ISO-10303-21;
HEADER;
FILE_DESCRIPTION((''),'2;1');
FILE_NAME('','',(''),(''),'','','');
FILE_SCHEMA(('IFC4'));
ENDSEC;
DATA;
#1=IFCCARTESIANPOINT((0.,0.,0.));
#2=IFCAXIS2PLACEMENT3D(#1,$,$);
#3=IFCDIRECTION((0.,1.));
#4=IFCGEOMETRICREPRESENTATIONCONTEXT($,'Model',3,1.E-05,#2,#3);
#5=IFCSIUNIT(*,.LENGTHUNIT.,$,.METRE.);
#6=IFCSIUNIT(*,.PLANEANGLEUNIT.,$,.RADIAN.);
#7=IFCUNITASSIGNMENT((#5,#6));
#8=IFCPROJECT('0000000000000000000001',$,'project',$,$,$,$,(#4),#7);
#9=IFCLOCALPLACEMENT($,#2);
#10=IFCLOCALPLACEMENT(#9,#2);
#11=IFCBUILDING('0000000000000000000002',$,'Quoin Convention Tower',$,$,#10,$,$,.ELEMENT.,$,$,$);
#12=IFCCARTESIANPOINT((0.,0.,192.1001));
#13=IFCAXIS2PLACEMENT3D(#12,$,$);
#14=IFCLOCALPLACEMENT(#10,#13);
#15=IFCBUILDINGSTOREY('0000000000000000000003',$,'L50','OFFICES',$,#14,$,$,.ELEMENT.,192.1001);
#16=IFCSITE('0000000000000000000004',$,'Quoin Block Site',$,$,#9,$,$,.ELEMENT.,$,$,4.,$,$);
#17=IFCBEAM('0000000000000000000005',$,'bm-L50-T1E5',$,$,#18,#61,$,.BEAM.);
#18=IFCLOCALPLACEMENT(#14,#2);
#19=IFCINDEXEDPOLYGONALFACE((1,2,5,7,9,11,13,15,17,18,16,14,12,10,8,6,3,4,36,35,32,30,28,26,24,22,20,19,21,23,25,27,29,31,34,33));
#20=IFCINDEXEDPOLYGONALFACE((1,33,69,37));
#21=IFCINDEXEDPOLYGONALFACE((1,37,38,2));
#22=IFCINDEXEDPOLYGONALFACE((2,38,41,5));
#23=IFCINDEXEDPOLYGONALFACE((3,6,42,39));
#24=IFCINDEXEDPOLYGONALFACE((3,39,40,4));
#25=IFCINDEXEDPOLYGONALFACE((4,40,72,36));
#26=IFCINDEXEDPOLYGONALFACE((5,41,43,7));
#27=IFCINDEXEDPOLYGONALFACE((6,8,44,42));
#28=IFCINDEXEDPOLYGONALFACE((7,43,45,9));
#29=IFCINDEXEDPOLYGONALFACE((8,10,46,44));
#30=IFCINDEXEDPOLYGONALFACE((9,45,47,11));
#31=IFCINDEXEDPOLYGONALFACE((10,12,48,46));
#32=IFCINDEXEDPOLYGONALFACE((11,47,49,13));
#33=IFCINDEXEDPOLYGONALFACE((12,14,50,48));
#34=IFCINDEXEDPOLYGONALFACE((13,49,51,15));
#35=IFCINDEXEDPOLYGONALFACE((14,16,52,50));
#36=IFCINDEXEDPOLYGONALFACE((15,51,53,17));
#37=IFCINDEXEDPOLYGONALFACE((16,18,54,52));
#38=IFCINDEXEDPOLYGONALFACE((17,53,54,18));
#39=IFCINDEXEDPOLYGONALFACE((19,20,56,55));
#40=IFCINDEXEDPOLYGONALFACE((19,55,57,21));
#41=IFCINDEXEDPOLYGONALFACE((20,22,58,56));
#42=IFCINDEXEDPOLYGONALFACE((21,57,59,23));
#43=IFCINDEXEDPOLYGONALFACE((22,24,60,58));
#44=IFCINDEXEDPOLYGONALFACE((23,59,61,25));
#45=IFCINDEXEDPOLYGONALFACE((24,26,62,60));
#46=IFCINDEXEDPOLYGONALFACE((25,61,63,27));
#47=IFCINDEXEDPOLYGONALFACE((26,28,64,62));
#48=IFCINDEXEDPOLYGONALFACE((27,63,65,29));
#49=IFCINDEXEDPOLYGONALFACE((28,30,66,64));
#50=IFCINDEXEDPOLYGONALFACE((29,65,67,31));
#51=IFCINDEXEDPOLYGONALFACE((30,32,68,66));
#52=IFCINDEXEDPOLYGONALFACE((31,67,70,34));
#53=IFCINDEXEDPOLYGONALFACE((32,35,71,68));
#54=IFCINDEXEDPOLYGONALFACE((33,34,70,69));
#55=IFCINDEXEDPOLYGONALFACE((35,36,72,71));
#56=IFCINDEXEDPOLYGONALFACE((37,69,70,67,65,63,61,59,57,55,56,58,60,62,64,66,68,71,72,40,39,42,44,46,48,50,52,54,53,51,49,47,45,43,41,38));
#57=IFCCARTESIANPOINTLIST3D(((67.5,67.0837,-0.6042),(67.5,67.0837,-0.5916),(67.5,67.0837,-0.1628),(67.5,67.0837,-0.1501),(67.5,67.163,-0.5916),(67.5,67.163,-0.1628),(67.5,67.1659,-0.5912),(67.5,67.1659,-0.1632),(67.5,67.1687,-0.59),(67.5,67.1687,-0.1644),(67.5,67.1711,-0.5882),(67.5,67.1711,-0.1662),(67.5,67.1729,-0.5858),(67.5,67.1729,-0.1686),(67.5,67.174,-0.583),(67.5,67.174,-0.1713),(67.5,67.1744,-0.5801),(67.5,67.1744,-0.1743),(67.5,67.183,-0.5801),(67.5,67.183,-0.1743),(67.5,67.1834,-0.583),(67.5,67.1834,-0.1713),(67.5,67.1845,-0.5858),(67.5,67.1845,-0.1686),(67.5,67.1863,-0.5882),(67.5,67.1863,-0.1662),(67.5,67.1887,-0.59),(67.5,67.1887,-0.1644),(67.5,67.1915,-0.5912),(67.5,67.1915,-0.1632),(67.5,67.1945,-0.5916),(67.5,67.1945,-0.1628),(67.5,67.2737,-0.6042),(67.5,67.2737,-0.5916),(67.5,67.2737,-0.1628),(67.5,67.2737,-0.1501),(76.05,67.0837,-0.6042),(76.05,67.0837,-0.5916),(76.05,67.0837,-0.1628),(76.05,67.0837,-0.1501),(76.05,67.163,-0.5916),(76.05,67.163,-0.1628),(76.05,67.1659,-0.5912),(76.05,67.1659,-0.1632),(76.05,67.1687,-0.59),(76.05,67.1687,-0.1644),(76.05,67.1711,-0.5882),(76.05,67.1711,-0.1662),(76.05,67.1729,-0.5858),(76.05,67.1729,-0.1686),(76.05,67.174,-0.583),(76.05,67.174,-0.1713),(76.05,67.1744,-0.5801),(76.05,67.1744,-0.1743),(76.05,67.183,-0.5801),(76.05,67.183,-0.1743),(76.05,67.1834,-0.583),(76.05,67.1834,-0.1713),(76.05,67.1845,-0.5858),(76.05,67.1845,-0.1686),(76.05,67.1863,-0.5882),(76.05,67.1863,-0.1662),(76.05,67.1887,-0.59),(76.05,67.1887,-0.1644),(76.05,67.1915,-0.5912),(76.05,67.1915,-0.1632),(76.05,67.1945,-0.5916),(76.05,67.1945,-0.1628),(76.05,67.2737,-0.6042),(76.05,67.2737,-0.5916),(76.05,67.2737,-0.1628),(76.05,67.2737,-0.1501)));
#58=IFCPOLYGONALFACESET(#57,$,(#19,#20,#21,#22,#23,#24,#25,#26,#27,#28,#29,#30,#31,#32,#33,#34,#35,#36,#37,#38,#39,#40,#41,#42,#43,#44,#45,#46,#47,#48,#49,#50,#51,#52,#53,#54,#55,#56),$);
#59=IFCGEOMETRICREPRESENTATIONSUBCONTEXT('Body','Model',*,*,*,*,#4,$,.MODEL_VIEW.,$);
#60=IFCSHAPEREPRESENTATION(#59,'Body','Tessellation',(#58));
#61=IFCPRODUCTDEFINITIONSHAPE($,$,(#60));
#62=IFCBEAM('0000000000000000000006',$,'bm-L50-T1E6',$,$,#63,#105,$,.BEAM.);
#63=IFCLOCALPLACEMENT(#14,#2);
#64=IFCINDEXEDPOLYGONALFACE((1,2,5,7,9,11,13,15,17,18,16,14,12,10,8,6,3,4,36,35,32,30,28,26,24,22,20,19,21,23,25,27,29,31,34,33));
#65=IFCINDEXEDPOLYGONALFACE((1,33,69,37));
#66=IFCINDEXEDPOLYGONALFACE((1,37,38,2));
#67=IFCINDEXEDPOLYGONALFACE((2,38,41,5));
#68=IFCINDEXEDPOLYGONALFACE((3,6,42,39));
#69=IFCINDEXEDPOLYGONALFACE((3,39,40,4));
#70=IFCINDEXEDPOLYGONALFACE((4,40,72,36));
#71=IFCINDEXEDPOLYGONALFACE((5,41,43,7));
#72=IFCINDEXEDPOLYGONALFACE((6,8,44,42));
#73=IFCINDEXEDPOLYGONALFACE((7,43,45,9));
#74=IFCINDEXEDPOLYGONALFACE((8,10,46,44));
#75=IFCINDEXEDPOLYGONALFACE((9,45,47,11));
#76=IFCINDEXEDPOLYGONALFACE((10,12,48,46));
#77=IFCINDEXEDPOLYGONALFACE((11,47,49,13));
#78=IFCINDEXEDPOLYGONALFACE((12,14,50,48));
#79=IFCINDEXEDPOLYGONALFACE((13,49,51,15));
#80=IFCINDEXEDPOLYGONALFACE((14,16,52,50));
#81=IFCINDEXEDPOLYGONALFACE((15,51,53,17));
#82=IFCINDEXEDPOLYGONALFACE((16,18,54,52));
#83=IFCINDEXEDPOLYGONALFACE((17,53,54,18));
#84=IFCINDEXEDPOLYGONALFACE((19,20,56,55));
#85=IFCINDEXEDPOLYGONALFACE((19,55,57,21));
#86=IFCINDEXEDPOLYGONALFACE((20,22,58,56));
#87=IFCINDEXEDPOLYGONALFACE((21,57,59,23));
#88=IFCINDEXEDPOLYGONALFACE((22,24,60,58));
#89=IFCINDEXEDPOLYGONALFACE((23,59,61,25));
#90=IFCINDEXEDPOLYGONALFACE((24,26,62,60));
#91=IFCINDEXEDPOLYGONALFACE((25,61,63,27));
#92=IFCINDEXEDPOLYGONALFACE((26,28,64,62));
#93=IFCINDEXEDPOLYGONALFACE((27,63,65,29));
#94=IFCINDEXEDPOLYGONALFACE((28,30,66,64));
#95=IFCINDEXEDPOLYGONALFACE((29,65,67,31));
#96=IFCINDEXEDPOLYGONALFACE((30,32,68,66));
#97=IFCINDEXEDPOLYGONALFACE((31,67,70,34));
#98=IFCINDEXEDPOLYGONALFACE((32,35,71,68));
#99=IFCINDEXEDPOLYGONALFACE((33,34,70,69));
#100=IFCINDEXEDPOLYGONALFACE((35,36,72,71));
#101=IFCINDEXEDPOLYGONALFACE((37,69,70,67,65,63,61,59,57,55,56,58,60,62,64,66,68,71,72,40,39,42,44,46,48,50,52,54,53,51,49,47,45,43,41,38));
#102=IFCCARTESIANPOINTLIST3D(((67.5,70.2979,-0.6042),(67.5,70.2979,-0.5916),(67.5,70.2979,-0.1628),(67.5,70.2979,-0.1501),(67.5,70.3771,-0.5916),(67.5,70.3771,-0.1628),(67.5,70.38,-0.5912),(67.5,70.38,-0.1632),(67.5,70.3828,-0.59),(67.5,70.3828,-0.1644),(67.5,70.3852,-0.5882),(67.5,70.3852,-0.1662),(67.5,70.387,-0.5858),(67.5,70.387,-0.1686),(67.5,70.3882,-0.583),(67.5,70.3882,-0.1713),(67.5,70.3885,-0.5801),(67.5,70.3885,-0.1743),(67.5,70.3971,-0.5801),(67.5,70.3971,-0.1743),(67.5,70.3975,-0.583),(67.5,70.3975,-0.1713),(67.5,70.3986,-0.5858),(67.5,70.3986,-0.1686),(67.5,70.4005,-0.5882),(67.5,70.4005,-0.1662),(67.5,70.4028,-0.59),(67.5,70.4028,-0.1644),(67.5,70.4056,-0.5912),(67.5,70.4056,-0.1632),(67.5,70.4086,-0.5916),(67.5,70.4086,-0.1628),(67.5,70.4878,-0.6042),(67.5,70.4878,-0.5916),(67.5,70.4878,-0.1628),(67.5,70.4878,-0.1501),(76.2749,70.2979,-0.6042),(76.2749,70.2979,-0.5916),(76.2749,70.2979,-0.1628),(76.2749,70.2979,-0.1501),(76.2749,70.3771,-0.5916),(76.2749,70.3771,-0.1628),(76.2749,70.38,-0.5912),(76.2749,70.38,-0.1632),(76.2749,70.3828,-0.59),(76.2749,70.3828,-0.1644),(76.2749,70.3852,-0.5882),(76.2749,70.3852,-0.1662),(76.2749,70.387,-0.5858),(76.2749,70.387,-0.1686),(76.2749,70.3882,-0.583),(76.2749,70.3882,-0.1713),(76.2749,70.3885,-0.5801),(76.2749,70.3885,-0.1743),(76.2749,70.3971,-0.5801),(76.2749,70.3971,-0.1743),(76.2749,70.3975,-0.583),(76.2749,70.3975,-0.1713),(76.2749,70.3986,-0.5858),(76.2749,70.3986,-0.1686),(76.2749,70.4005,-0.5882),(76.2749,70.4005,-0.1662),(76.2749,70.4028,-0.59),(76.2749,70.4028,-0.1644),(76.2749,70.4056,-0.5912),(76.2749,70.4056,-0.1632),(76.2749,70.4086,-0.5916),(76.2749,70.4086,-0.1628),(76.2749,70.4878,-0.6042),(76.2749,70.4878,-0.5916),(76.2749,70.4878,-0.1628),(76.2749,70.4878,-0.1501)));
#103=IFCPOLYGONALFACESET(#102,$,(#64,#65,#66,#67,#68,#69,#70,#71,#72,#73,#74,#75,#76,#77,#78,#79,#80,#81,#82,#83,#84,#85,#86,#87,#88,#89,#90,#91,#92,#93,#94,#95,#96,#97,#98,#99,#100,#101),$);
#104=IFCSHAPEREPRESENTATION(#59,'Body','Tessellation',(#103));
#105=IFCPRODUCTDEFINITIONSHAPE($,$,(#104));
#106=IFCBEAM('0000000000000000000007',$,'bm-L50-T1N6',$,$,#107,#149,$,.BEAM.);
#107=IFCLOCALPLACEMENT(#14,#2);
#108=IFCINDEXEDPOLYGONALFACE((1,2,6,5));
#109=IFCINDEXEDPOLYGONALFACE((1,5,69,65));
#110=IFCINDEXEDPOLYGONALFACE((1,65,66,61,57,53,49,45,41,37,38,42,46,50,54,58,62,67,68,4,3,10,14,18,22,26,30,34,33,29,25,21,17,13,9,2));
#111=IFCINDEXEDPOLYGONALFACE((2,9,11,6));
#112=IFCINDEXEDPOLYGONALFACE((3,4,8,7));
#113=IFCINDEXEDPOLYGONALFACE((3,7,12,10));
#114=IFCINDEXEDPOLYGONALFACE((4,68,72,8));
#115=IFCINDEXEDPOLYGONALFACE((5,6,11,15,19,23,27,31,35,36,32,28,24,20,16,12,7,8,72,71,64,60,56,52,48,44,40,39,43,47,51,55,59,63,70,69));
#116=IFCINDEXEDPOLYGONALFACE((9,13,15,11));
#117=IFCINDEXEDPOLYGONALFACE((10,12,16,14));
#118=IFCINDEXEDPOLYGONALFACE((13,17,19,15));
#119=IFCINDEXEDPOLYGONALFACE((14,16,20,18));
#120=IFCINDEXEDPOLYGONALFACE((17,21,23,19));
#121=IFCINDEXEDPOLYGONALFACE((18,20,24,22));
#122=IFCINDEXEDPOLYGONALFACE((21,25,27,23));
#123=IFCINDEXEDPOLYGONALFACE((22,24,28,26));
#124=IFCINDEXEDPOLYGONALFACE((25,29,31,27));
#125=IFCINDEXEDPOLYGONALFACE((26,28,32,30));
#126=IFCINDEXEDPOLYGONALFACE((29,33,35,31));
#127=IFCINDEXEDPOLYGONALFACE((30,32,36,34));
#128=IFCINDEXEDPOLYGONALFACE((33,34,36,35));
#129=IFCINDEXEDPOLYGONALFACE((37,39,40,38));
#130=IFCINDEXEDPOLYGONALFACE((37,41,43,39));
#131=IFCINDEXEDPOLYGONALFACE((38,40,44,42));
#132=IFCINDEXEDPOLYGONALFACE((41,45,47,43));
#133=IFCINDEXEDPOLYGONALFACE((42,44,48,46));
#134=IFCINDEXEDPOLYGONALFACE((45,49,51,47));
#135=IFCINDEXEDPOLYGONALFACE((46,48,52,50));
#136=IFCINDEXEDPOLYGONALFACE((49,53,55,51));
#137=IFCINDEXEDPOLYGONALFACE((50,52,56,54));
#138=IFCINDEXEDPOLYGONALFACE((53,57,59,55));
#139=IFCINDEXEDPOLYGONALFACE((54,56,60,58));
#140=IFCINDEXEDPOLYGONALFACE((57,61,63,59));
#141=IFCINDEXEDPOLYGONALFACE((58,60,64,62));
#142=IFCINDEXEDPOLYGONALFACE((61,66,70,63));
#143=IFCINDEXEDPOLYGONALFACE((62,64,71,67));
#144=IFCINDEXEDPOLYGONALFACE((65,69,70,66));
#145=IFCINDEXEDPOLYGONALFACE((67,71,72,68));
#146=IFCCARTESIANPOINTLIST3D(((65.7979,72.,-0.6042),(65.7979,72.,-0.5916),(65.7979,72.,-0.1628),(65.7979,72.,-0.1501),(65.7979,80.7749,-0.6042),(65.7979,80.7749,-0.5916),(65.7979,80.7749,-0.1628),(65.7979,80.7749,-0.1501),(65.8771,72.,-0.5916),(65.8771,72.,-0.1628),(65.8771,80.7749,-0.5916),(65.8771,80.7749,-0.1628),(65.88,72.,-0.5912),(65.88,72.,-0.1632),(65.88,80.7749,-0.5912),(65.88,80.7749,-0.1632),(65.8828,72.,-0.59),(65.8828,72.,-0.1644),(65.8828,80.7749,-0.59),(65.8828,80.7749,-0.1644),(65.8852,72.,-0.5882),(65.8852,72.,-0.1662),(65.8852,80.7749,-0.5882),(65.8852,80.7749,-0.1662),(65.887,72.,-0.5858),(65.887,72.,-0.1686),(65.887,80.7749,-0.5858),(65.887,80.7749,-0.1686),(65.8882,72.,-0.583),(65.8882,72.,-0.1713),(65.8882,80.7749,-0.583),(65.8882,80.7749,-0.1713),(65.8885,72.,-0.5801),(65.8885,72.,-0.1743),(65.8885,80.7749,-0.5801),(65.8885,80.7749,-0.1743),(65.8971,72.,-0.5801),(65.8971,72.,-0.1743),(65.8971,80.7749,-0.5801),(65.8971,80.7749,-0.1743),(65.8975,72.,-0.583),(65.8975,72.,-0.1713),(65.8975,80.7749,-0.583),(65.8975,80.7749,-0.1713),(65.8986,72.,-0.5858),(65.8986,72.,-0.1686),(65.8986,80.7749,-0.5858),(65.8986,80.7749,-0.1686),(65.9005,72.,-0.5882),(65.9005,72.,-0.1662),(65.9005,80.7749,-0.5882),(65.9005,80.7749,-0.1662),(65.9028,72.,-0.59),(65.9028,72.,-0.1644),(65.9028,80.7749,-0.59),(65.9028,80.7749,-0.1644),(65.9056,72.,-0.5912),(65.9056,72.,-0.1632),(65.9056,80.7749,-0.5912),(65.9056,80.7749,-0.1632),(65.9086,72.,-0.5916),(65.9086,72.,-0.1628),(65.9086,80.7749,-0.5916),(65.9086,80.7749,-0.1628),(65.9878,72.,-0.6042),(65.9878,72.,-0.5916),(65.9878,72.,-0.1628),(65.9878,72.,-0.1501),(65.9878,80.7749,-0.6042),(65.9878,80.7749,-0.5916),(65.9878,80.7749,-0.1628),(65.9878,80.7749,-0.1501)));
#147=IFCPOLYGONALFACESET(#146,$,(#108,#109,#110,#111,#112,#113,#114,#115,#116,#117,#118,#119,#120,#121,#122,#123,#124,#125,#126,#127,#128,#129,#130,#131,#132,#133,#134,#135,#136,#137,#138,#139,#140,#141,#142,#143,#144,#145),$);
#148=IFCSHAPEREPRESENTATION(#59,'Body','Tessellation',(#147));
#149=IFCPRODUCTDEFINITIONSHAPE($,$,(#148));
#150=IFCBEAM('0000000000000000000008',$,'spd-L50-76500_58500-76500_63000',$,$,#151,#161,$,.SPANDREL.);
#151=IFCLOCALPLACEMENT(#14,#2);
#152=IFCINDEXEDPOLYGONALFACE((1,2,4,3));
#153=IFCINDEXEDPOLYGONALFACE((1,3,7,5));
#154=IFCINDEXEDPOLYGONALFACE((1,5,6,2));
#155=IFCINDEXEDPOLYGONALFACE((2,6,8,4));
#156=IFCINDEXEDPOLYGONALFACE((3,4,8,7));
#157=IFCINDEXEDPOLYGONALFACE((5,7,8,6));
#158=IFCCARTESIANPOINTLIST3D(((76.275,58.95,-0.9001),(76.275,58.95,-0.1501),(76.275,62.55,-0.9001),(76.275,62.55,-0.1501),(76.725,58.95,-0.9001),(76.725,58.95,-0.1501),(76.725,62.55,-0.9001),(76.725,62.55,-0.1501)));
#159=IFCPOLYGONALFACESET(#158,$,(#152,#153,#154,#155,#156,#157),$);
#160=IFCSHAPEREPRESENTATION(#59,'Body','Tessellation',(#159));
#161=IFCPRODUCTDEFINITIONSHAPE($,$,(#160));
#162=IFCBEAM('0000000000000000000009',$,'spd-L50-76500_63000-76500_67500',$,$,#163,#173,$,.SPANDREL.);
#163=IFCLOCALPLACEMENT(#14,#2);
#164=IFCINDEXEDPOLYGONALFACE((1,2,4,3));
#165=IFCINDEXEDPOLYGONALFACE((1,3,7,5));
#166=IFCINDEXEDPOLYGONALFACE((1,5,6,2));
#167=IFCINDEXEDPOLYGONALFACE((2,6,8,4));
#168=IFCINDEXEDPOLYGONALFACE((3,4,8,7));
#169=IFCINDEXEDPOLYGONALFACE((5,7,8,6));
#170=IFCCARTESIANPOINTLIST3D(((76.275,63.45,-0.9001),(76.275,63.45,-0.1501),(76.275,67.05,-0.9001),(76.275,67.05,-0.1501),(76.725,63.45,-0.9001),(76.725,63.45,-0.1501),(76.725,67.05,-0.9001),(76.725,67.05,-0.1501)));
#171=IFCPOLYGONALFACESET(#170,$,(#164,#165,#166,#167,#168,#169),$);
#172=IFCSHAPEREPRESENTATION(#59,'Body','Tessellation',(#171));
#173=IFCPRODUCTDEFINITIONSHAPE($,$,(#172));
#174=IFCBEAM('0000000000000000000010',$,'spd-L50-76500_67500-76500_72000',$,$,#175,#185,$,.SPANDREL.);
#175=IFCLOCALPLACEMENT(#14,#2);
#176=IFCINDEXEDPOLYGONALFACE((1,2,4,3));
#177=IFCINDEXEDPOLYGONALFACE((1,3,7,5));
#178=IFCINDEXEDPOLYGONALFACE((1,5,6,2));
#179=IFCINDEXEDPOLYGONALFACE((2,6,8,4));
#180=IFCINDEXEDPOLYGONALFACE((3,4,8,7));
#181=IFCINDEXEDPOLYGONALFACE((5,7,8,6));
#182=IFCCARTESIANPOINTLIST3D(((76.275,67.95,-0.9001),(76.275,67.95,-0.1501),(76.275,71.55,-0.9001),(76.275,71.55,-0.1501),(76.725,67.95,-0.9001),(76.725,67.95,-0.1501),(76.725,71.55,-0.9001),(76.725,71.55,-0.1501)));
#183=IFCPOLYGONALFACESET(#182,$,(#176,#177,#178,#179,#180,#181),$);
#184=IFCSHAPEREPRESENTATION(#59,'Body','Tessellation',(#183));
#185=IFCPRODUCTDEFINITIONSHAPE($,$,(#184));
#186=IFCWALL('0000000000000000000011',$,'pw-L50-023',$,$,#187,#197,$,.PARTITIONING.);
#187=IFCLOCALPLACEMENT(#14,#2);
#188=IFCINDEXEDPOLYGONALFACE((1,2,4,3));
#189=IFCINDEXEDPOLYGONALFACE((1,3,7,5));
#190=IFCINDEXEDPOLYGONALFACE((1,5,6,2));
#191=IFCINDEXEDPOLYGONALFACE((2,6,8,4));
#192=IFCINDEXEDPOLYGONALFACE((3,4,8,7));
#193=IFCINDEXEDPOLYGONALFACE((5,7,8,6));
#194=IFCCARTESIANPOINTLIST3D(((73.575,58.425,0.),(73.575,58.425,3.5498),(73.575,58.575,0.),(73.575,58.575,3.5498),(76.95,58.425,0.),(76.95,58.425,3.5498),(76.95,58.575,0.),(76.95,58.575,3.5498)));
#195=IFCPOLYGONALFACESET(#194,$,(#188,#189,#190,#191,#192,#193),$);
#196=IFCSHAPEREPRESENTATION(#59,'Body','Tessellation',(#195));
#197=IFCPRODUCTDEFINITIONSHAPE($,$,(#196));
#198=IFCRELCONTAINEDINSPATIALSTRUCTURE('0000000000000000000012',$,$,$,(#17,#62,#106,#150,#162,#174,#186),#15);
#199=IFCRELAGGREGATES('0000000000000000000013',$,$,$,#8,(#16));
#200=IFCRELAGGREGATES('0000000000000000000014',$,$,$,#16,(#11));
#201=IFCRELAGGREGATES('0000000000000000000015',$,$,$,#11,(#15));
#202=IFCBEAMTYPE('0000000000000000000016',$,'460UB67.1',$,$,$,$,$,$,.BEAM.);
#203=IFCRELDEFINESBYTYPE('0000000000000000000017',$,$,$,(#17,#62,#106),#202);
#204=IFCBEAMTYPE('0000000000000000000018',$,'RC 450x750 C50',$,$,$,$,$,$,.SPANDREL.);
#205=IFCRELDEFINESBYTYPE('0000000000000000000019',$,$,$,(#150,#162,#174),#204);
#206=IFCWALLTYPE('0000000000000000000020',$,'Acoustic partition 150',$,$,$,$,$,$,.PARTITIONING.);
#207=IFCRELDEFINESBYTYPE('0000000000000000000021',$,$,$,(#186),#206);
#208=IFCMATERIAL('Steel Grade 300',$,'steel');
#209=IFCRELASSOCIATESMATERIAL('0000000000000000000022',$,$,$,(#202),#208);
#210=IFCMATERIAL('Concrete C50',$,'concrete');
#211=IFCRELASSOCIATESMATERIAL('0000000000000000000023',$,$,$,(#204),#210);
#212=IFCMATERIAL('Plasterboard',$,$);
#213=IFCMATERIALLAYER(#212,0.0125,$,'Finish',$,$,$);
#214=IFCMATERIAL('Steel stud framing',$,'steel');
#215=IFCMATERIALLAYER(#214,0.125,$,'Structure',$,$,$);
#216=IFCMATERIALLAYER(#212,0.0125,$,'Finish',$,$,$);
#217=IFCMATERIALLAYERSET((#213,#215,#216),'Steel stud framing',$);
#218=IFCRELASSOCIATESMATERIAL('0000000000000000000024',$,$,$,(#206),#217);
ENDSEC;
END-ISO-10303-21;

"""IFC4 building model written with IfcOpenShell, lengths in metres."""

from ifc_helpers import new_model, si_unit, direction, frame, frame_2d, origin, origin_2d, place, context, subcontext, project, spatial, rectangle, i_section, extrude, material, layer, layer_set, material_profile, profile_set, type_object, element, save


model = new_model("IFC4")

# Units and contexts
model_context = context("Model", 3, precision=1e-05, world=origin(), true_north=direction((0.0, 1.0)))
body_context = subcontext(model_context, "Body", "Model", "MODEL_VIEW")
ifc_project = project(units=[si_unit("LENGTHUNIT", "METRE"), si_unit("PLANEANGLEUNIT", "RADIAN")], contexts=[model_context])

# Site, building, storey
site_placement = place(None, origin())
site = spatial("IfcSite", under=ifc_project, at=site_placement, Name="Quoin Block Site", CompositionType="ELEMENT", RefElevation=4.0)
building_placement = place(site_placement, origin())
building = spatial("IfcBuilding", under=site, at=building_placement, Name="Quoin Convention Tower", CompositionType="ELEMENT")
storey_placement = place(building_placement, frame((0.0, 0.0, 192.1001)))
storey = spatial("IfcBuildingStorey", under=building, at=storey_placement, Name="L50", Description="OFFICES", CompositionType="ELEMENT", Elevation=192.1001)

# Shared definitions
ifc_material_1 = material(Name="Concrete C50", Category="concrete")

# Beams
ifc_material_2 = material(Name="Steel Grade 300", Category="steel")
ifc_material_profile_1 = material_profile(ifc_material_2, i_section(OverallWidth=0.1899, OverallDepth=0.4541, WebThickness=0.0085, FlangeThickness=0.0127, FilletRadius=0.0115, at=origin_2d()), Name="460UB67.1")
ifc_profile_set_1 = profile_set([ifc_material_profile_1], Name="Steel Grade 300")
beam_type_1 = type_object("IfcBeamType", Name="460UB67.1", PredefinedType="BEAM", material=ifc_profile_set_1)
beam_placement = place(storey_placement, frame((67.5, 67.1787, -0.3772), z_axis=(1.0, 0.0, 0.0), x_axis=(0.0, 1.0, 0.0)))
element("IfcBeam", 1, at=beam_placement, inside=storey, type_object=beam_type_1, Name="bm-L50-T1E5", PredefinedType="BEAM", context=body_context, shape_type="SweptSolid", body=[
    extrude(i_section(OverallWidth=0.1899, OverallDepth=0.4541, WebThickness=0.0085, FlangeThickness=0.0127, FilletRadius=0.0115, at=origin_2d()), origin(), (0.0, 0.0, 1.0), 8.55),
])
for number, where, z_axis, x_axis, name in (
    (2, (67.5, 70.3928, -0.3772), (1.0, 0.0, 0.0), (0.0, 1.0, 0.0), "bm-L50-T1E6"),
    (3, (65.8928, 72.0, -0.3772), (0.0, 1.0, 0.0), (-1.0, 0.0, 0.0), "bm-L50-T1N6"),
):
    element("IfcBeam", number, at=place(storey_placement, frame(where, z_axis=z_axis, x_axis=x_axis)), inside=storey, type_object=beam_type_1, Name=name, PredefinedType="BEAM", context=body_context, shape_type="SweptSolid", body=[
        extrude(i_section(OverallWidth=0.1899, OverallDepth=0.4541, WebThickness=0.0085, FlangeThickness=0.0127, FilletRadius=0.0115, at=origin_2d()), origin(), (0.0, 0.0, 1.0), 8.7749),
    ])
ifc_material_profile_2 = material_profile(ifc_material_1, rectangle(XDim=0.45, YDim=0.75, at=origin_2d()), Name="RC 450x750")
ifc_profile_set_2 = profile_set([ifc_material_profile_2], Name="Concrete C50")
beam_type_2 = type_object("IfcBeamType", Name="RC 450x750 C50", PredefinedType="SPANDREL", material=ifc_profile_set_2)
for number, where, z_axis, x_axis, name in (
    (4, (76.5, 58.95, -0.5251), (0.0, 1.0, 0.0), (-1.0, 0.0, 0.0), "spd-L50-76500_58500-76500_63000"),
    (5, (76.5, 63.45, -0.5251), (0.0, 1.0, 0.0), (-1.0, 0.0, 0.0), "spd-L50-76500_63000-76500_67500"),
    (6, (76.5, 67.95, -0.5251), (0.0, 1.0, 0.0), (-1.0, 0.0, 0.0), "spd-L50-76500_67500-76500_72000"),
):
    element("IfcBeam", number, at=place(storey_placement, frame(where, z_axis=z_axis, x_axis=x_axis)), inside=storey, type_object=beam_type_2, Name=name, PredefinedType="SPANDREL", context=body_context, shape_type="SweptSolid", body=[
        extrude(rectangle(XDim=0.45, YDim=0.75, at=origin_2d()), origin(), (0.0, 0.0, 1.0), 3.6001),
    ])

# Wall
ifc_material_3 = material(Name="Plasterboard")
ifc_layer_1 = layer(ifc_material_3, 0.0125, Name="Finish")
ifc_material_4 = material(Name="Steel stud framing", Category="steel")
ifc_layer_2 = layer(ifc_material_4, 0.125, Name="Structure")
ifc_layer_3 = layer(ifc_material_3, 0.0125, Name="Finish")
ifc_layer_set_1 = layer_set([ifc_layer_1, ifc_layer_2, ifc_layer_3], Name="Steel stud framing")
wall_type_1 = type_object("IfcWallType", Name="Acoustic partition 150", PredefinedType="PARTITIONING", material=ifc_layer_set_1)
wall_1_placement = place(storey_placement, frame((73.575, 58.5, 0.0), z_axis=(0.0, 0.0, 1.0), x_axis=(1.0, 0.0, 0.0)))
element("IfcWall", 7, at=wall_1_placement, inside=storey, type_object=wall_type_1, Name="pw-L50-023", PredefinedType="PARTITIONING", context=body_context, shape_type="SweptSolid", body=[
    extrude(rectangle(XDim=3.375, YDim=0.1499, at=frame_2d((1.6875, 0.0))), origin(), (0.0, 0.0, 1.0), 3.5498),
])

save(model, "model.ifc")
